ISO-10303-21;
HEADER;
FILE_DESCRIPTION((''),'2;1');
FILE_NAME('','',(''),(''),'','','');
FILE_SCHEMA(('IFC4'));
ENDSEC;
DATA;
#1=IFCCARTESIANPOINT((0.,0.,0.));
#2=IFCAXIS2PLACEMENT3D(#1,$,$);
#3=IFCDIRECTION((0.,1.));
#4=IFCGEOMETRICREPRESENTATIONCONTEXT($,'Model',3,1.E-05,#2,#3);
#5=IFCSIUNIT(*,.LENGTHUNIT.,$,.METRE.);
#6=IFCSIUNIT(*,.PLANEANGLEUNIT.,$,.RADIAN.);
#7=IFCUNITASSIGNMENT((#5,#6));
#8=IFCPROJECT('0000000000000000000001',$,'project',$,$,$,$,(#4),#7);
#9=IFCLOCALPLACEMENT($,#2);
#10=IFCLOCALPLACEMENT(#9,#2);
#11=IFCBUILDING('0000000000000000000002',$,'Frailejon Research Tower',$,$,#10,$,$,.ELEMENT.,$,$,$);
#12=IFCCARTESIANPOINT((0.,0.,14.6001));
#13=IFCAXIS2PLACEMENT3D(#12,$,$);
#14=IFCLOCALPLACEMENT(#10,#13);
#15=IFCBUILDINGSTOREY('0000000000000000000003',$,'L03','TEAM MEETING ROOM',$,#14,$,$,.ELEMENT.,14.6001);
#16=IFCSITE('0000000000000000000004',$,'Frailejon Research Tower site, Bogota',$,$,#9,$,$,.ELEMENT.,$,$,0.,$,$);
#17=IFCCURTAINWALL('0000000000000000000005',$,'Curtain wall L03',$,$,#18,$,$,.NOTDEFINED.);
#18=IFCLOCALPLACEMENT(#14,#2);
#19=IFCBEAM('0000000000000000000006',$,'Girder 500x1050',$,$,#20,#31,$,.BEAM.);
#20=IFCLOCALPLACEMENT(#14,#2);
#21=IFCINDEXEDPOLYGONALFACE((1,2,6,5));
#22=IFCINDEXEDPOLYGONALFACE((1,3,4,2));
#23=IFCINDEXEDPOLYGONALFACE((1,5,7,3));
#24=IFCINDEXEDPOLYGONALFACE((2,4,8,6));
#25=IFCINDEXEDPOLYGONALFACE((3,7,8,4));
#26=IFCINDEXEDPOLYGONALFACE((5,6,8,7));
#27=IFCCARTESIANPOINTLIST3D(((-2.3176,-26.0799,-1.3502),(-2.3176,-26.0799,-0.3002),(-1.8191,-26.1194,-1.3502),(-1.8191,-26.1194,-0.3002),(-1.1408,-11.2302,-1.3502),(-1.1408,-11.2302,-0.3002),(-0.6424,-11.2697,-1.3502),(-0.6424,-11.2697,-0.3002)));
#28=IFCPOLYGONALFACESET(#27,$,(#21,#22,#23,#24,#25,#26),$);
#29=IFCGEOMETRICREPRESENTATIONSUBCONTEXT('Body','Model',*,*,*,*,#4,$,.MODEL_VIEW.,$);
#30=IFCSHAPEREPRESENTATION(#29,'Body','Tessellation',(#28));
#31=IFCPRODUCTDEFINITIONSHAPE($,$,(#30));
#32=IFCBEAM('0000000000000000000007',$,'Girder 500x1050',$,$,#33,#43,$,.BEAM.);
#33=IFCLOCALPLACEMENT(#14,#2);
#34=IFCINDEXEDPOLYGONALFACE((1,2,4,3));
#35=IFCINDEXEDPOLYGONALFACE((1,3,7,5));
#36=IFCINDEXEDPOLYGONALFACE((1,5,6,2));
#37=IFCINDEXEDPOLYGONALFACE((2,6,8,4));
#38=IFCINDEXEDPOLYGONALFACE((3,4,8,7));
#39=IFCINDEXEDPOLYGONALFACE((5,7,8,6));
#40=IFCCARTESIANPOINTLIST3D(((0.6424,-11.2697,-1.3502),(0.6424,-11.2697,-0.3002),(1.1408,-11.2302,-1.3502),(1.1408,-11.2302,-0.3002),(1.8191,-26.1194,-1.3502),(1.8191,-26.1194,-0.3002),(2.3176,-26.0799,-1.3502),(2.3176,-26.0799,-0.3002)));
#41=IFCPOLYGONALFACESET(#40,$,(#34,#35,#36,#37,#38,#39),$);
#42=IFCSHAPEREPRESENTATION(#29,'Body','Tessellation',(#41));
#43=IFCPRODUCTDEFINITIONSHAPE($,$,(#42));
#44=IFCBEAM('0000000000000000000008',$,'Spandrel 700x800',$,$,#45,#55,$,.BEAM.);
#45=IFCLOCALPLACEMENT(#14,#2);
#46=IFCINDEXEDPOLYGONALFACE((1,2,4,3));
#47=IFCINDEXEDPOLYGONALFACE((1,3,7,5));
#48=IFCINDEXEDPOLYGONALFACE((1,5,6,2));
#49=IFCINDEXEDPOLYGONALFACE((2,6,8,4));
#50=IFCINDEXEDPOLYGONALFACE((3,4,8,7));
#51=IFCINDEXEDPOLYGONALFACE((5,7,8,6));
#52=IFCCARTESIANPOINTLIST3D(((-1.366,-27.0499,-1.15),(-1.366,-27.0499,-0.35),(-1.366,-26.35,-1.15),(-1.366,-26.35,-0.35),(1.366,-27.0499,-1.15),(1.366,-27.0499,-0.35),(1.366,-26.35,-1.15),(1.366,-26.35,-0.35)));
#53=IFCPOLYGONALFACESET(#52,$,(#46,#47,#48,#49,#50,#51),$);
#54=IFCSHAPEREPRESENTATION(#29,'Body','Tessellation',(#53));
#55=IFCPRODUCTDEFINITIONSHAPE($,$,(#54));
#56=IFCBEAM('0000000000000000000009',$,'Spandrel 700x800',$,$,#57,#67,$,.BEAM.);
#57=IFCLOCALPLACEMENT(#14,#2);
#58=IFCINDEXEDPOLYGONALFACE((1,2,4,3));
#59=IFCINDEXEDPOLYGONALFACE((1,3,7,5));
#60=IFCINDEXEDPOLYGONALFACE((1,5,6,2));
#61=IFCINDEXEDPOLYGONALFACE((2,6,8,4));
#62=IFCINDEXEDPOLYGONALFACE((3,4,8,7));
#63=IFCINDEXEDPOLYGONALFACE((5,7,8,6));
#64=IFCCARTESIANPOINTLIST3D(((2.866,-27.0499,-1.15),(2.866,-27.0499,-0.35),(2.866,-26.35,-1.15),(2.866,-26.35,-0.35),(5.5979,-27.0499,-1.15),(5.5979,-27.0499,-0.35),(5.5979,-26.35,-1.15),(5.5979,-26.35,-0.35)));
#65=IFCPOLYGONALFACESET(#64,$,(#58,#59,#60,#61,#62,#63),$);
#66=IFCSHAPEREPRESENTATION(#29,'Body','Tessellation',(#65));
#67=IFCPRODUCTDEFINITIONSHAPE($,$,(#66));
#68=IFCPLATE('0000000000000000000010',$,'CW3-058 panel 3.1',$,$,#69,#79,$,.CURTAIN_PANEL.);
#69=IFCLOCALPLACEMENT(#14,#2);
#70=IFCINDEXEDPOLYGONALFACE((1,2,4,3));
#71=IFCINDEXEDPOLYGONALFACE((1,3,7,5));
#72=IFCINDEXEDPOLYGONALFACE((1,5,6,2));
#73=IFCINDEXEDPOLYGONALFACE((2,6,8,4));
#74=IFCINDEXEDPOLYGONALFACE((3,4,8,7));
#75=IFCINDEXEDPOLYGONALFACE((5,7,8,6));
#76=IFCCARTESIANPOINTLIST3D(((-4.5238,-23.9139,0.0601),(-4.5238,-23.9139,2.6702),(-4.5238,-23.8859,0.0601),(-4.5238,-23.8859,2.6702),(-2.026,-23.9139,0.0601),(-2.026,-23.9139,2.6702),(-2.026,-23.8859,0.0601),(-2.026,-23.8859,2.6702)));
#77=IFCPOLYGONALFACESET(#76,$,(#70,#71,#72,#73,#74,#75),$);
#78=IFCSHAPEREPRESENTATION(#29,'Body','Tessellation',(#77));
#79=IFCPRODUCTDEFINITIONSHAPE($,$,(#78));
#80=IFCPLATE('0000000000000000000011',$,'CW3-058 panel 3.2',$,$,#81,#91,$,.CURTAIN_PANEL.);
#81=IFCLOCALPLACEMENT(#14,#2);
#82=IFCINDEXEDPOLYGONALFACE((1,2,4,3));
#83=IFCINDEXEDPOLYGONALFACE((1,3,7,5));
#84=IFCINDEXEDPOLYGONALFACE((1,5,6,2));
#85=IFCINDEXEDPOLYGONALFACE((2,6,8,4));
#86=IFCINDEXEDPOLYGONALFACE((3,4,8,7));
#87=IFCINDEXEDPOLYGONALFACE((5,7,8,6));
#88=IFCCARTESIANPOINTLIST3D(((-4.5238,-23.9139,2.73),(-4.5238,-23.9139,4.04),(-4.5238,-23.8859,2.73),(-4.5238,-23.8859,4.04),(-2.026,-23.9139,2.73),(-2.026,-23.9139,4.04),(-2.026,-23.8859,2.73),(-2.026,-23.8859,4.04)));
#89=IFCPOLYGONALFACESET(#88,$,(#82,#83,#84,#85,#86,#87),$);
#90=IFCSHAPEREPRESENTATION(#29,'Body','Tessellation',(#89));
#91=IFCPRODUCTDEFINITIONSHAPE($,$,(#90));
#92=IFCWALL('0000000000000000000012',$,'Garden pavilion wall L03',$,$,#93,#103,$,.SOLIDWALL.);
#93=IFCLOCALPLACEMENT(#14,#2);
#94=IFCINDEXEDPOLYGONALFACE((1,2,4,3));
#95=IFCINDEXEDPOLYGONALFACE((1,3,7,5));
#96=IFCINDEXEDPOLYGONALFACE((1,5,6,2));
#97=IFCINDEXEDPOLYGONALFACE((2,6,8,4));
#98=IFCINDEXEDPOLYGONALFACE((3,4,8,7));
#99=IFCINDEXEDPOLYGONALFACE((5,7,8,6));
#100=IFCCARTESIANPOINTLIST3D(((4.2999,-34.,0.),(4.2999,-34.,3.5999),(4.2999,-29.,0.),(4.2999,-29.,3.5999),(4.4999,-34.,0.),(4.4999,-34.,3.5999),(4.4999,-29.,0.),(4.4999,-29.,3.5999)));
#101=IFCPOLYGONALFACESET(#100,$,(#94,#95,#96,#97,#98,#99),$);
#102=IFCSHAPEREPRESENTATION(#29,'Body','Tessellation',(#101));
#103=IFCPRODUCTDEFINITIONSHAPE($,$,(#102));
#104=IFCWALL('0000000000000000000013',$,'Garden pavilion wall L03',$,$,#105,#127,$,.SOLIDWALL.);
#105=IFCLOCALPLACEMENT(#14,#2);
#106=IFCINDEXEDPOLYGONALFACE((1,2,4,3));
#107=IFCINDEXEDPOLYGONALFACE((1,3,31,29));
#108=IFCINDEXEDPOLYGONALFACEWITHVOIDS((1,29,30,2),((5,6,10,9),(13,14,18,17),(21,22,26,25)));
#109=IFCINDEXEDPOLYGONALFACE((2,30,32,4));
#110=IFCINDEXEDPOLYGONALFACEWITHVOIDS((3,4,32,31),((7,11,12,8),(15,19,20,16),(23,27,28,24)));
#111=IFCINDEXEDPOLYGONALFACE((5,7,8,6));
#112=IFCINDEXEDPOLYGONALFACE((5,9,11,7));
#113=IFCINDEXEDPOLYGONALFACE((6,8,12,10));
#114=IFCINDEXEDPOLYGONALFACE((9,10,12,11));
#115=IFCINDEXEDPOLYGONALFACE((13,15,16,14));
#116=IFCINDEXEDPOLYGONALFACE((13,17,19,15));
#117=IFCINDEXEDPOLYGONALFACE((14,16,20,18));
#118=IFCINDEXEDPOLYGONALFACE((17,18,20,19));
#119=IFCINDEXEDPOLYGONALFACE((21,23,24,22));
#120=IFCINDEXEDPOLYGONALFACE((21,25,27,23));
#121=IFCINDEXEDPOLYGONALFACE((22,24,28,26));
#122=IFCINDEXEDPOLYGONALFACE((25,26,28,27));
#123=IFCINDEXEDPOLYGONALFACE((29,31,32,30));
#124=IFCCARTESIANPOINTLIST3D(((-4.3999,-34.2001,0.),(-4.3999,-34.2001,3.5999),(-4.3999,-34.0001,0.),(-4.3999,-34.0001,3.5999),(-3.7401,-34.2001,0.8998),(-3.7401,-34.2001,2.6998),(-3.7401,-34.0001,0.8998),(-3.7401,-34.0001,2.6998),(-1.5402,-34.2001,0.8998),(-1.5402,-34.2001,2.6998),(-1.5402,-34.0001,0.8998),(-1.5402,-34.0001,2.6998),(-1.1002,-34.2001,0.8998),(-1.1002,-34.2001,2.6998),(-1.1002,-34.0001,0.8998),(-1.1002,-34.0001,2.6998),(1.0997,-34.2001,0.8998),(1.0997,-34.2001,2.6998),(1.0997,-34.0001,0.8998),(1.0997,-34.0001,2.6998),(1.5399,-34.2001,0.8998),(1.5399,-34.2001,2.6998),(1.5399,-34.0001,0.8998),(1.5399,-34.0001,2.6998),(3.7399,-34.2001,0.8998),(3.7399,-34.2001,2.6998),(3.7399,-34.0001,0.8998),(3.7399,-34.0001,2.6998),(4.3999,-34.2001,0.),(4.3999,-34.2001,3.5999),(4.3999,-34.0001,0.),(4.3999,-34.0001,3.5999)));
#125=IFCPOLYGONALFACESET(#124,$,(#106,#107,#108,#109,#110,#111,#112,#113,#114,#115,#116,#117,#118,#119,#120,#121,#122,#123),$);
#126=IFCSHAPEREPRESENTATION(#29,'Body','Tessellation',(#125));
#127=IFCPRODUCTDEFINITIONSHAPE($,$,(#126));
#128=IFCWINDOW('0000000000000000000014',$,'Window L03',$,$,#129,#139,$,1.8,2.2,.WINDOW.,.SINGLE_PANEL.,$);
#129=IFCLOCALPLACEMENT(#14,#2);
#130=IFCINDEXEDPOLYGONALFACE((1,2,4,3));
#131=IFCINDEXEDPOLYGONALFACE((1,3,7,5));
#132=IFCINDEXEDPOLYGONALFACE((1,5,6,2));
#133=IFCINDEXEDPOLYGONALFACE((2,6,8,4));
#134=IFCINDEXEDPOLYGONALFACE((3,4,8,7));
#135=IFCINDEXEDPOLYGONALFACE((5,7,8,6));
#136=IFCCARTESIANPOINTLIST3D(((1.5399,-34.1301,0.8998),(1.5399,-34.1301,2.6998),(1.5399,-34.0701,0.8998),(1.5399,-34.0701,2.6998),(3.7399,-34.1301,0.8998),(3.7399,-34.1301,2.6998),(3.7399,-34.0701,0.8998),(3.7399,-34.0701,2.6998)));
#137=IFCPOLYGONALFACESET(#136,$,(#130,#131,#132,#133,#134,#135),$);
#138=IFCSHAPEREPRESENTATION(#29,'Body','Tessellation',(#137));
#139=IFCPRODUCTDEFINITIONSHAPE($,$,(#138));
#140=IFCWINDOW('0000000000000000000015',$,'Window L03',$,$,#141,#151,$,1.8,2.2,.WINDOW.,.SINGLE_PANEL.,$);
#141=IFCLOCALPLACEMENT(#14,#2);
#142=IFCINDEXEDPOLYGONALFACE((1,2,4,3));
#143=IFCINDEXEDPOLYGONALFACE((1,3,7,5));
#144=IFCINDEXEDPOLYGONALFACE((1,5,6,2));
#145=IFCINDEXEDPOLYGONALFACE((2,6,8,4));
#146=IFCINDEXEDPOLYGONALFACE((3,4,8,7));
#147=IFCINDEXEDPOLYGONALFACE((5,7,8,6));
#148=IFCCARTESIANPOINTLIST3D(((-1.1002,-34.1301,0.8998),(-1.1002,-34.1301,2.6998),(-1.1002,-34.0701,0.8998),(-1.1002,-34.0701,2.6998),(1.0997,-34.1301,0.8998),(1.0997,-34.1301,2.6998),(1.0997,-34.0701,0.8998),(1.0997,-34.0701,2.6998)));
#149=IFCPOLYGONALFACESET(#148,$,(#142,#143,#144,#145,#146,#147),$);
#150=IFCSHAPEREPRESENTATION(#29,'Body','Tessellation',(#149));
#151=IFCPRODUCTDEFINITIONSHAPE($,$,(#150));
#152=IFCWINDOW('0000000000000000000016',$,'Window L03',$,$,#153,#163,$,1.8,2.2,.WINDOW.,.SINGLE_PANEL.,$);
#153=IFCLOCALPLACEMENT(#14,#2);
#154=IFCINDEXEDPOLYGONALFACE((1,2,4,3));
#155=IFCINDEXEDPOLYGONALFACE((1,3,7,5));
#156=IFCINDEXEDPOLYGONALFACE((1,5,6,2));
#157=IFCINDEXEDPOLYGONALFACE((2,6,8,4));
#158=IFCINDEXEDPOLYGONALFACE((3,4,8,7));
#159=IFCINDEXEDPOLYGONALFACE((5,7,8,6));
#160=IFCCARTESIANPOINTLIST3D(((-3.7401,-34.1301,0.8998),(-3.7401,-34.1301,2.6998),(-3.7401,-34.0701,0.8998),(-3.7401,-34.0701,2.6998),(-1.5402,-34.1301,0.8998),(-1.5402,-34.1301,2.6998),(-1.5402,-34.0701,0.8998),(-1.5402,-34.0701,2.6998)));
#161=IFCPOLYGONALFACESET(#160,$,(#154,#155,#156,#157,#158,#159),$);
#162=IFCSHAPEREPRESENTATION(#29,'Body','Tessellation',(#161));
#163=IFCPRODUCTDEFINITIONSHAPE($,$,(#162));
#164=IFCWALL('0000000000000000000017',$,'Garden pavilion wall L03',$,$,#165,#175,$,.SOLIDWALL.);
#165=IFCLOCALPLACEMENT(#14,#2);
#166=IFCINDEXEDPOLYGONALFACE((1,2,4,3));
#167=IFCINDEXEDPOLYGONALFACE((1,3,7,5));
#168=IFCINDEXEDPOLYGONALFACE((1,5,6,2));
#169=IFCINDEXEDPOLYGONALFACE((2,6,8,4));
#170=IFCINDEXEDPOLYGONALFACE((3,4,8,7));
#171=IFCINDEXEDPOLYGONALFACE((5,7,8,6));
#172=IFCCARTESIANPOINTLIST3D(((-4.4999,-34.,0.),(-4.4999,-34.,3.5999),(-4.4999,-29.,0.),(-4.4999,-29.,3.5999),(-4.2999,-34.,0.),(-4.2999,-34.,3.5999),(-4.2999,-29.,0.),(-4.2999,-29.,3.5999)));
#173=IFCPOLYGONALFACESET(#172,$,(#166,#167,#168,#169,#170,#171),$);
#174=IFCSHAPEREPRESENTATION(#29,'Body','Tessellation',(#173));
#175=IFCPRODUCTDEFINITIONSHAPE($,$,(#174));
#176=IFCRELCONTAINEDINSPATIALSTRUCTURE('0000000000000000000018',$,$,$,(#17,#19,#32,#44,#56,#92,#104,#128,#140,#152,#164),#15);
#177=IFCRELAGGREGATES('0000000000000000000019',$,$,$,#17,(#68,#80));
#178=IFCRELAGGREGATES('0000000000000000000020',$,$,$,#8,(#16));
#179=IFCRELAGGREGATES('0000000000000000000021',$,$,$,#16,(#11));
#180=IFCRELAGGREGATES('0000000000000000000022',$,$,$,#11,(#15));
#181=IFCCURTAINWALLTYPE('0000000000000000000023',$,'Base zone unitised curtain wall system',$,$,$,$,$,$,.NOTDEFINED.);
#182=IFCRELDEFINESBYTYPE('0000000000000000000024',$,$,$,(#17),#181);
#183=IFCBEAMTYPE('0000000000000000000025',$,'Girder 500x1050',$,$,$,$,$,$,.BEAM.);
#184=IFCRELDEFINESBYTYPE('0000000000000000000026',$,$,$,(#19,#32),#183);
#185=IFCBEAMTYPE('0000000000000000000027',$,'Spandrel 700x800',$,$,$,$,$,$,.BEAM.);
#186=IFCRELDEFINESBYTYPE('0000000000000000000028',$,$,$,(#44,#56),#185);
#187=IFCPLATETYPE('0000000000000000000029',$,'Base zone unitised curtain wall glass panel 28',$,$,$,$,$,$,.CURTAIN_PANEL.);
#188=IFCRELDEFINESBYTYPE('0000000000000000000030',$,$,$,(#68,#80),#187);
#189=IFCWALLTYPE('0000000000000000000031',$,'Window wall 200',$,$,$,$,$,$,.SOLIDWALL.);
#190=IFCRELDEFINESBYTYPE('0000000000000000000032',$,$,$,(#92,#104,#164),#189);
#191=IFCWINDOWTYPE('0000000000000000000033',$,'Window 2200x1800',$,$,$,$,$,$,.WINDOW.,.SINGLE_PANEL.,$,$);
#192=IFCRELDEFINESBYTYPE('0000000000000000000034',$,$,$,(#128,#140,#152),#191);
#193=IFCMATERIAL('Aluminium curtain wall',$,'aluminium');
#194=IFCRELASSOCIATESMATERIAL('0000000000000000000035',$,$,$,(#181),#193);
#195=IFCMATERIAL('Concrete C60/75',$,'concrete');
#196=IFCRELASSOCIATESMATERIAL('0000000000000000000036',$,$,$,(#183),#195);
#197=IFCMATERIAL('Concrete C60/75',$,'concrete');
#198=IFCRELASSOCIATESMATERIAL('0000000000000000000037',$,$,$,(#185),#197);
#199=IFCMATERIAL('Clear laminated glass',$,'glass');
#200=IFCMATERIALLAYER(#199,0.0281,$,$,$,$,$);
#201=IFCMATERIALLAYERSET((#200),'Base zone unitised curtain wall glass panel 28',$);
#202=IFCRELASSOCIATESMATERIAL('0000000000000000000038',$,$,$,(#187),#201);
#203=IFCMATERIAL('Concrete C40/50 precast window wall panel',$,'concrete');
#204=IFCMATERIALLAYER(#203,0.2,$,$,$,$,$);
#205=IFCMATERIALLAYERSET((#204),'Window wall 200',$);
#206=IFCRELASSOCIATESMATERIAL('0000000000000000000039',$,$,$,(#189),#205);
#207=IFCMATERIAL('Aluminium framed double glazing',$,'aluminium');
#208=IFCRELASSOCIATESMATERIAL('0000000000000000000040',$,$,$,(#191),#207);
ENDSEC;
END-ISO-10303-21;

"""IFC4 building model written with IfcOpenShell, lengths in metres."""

from ifc_helpers import new_model, si_unit, direction, frame, frame_2d, origin, origin_2d, place, context, subcontext, project, spatial, rectangle, extrude, material, layer, layer_set, material_profile, profile_set, type_object, element, fill, aggregate, save


model = new_model("IFC4")

# Units and contexts
model_context = context("Model", 3, precision=1e-05, world=origin(), true_north=direction((0.0, 1.0)))
body_context = subcontext(model_context, "Body", "Model", "MODEL_VIEW")
ifc_project = project(units=[si_unit("LENGTHUNIT", "METRE"), si_unit("PLANEANGLEUNIT", "RADIAN")], contexts=[model_context])

# Site, building, storey
site_placement = place(None, origin())
site = spatial("IfcSite", under=ifc_project, at=site_placement, Name="Frailejon Research Tower site, Bogota", CompositionType="ELEMENT", RefElevation=0.0)
building_placement = place(site_placement, origin())
building = spatial("IfcBuilding", under=site, at=building_placement, Name="Frailejon Research Tower", CompositionType="ELEMENT")
storey_placement = place(building_placement, frame((0.0, 0.0, 14.6001)))
storey = spatial("IfcBuildingStorey", under=building, at=storey_placement, Name="L03", Description="TEAM MEETING ROOM", CompositionType="ELEMENT", Elevation=14.6001)

# Curtain wall
ifc_material_1 = material(Name="Aluminium curtain wall", Category="aluminium")
curtain_wall_type = type_object("IfcCurtainWallType", Name="Base zone unitised curtain wall system", PredefinedType="NOTDEFINED", material=ifc_material_1)
curtain_wall_placement = place(storey_placement, origin())
curtain_wall = element("IfcCurtainWall", 1, at=curtain_wall_placement, inside=storey, type_object=curtain_wall_type, Name="Curtain wall L03", PredefinedType="NOTDEFINED")

# Beams
ifc_material_2 = material(Name="Concrete C60/75", Category="concrete")
ifc_material_profile_1 = material_profile(ifc_material_2, rectangle(XDim=0.5, YDim=1.05, at=origin_2d()), Name="Girder 500x1050")
ifc_profile_set_1 = profile_set([ifc_material_profile_1], Name="Concrete C60/75")
beam_type_1 = type_object("IfcBeamType", Name="Girder 500x1050", PredefinedType="BEAM", material=ifc_profile_set_1)
for number, where, z_axis, x_axis, name in (
    (2, (-2.0684, -26.0996, -0.8252), (0.078997, 0.996875, 0.0), (-0.996875, 0.078997, 0.0), "Girder 500x1050"),
    (3, (2.0684, -26.0996, -0.8252), (-0.078997, 0.996875, 0.0), (-0.996875, -0.078997, 0.0), "Girder 500x1050"),
):
    element("IfcBeam", number, at=place(storey_placement, frame(where, z_axis=z_axis, x_axis=x_axis)), inside=storey, type_object=beam_type_1, Name=name, PredefinedType="BEAM", context=body_context, shape_type="SweptSolid", body=[
        extrude(rectangle(XDim=0.5, YDim=1.05, at=origin_2d()), origin(), (0.0, 0.0, 1.0), 14.8962),
    ])
ifc_material_3 = material(Name="Concrete C60/75", Category="concrete")
ifc_material_profile_2 = material_profile(ifc_material_3, rectangle(XDim=0.7, YDim=0.8, at=origin_2d()), Name="Spandrel 700x800")
ifc_profile_set_2 = profile_set([ifc_material_profile_2], Name="Concrete C60/75")
beam_type_2 = type_object("IfcBeamType", Name="Spandrel 700x800", PredefinedType="BEAM", material=ifc_profile_set_2)
for number, where, z_axis, x_axis, name in (
    (4, (-1.366, -26.7, -0.75), (1.0, 0.0, 0.0), (0.0, 1.0, 0.0), "Spandrel 700x800"),
    (5, (2.866, -26.7, -0.75), (1.0, 0.0, 0.0), (0.0, 1.0, 0.0), "Spandrel 700x800"),
):
    element("IfcBeam", number, at=place(storey_placement, frame(where, z_axis=z_axis, x_axis=x_axis)), inside=storey, type_object=beam_type_2, Name=name, PredefinedType="BEAM", context=body_context, shape_type="SweptSolid", body=[
        extrude(rectangle(XDim=0.7, YDim=0.8, at=origin_2d()), origin(), (0.0, 0.0, 1.0), 2.7319),
    ])

# Plates
ifc_material_4 = material(Name="Clear laminated glass", Category="glass")
ifc_layer_1 = layer(ifc_material_4, 0.0281)
ifc_layer_set_1 = layer_set([ifc_layer_1], Name="Base zone unitised curtain wall glass panel 28")
plate_type = type_object("IfcPlateType", Name="Base zone unitised curtain wall glass panel 28", PredefinedType="CURTAIN_PANEL", material=ifc_layer_set_1)
plate_1_placement = place(storey_placement, frame((-3.2749, -23.8999, 0.0601), z_axis=(0.0, 0.0, 1.0), x_axis=(1.0, 0.0, 0.0)))
plate_1 = element("IfcPlate", 6, at=plate_1_placement, type_object=plate_type, Name="CW3-058 panel 3.1", PredefinedType="CURTAIN_PANEL", context=body_context, shape_type="SweptSolid", body=[
    extrude(rectangle(XDim=2.4978, YDim=0.0281, at=origin_2d()), origin(), (0.0, 0.0, 1.0), 2.6101),
])
plate_2_placement = place(storey_placement, frame((-3.2749, -23.8999, 2.73), z_axis=(0.0, 0.0, 1.0), x_axis=(1.0, 0.0, 0.0)))
plate_2 = element("IfcPlate", 7, at=plate_2_placement, type_object=plate_type, Name="CW3-058 panel 3.2", PredefinedType="CURTAIN_PANEL", context=body_context, shape_type="SweptSolid", body=[
    extrude(rectangle(XDim=2.4978, YDim=0.0281, at=origin_2d()), origin(), (0.0, 0.0, 1.0), 1.3101),
])
aggregate(curtain_wall, [plate_1, plate_2])

# Shared definitions
ifc_material_5 = material(Name="Concrete C40/50 precast window wall panel", Category="concrete")
ifc_layer_2 = layer(ifc_material_5, 0.2)
ifc_layer_set_2 = layer_set([ifc_layer_2], Name="Window wall 200")
wall_type = type_object("IfcWallType", Name="Window wall 200", PredefinedType="SOLIDWALL", material=ifc_layer_set_2)

# Wall
wall_1_placement = place(storey_placement, frame((4.3999, -29.0, 0.0), z_axis=(0.0, 0.0, 1.0), x_axis=(0.0, -1.0, 0.0)))
element("IfcWall", 8, at=wall_1_placement, inside=storey, type_object=wall_type, Name="Garden pavilion wall L03", PredefinedType="SOLIDWALL", context=body_context, shape_type="SweptSolid", body=[
    extrude(rectangle(XDim=5.0, YDim=0.2, at=frame_2d((2.5, 0.0))), origin(), (0.0, 0.0, 1.0), 3.5999),
])

# Wall, openings, windows
wall_2_placement = place(storey_placement, frame((4.3999, -34.1001, 0.0), z_axis=(0.0, 0.0, 1.0), x_axis=(-1.0, 0.0, 0.0)))
wall_2 = element("IfcWall", 9, at=wall_2_placement, inside=storey, type_object=wall_type, Name="Garden pavilion wall L03", PredefinedType="SOLIDWALL", context=body_context, shape_type="SweptSolid", body=[
    extrude(rectangle(XDim=8.7998, YDim=0.2, at=frame_2d((4.3999, 0.0))), origin(), (0.0, 0.0, 1.0), 3.5999),
])
opening_1_placement = place(wall_2_placement, frame((0.6599, 0.0, 0.8999)))
opening_1 = element("IfcOpeningElement", 10, at=opening_1_placement, cuts=wall_2, PredefinedType="OPENING", context=body_context, shape_type="SweptSolid", body=[
    extrude(rectangle(XDim=2.2, YDim=1.8, at=frame_2d((1.1001, 0.8999))), frame((0.0, 0.1099, 0.0), z_axis=(0.0, -1.0, 0.0), x_axis=(1.0, 0.0, 0.0)), (0.0, 0.0, 1.0), 0.22),
])
opening_2_placement = place(wall_2_placement, frame((3.3, 0.0, 0.8999)))
opening_2 = element("IfcOpeningElement", 11, at=opening_2_placement, cuts=wall_2, PredefinedType="OPENING", context=body_context, shape_type="SweptSolid", body=[
    extrude(rectangle(XDim=2.2, YDim=1.8, at=frame_2d((1.1001, 0.8999))), frame((0.0, 0.1099, 0.0), z_axis=(0.0, -1.0, 0.0), x_axis=(1.0, 0.0, 0.0)), (0.0, 0.0, 1.0), 0.22),
])
opening_3_placement = place(wall_2_placement, frame((5.9399, 0.0, 0.8999)))
opening_3 = element("IfcOpeningElement", 12, at=opening_3_placement, cuts=wall_2, PredefinedType="OPENING", context=body_context, shape_type="SweptSolid", body=[
    extrude(rectangle(XDim=2.2, YDim=1.8, at=frame_2d((1.1001, 0.8999))), frame((0.0, 0.1099, 0.0), z_axis=(0.0, -1.0, 0.0), x_axis=(1.0, 0.0, 0.0)), (0.0, 0.0, 1.0), 0.22),
])
ifc_material_6 = material(Name="Aluminium framed double glazing", Category="aluminium")
window_type = type_object("IfcWindowType", Name="Window 2200x1800", PartitioningType="SINGLE_PANEL", PredefinedType="WINDOW", material=ifc_material_6)
window_1_placement = place(opening_1_placement, origin())
window_1 = element("IfcWindow", 13, at=window_1_placement, inside=storey, type_object=window_type, Name="Window L03", OverallHeight=1.8, OverallWidth=2.2, PartitioningType="SINGLE_PANEL", PredefinedType="WINDOW", context=body_context, shape_type="SweptSolid", body=[
    extrude(rectangle(XDim=2.2, YDim=1.8, at=frame_2d((1.1001, 0.8999))), frame((0.0, 0.03, 0.0), z_axis=(0.0, -1.0, 0.0), x_axis=(1.0, 0.0, 0.0)), (0.0, 0.0, 1.0), 0.0601),
])
fill(opening_1, window_1)
window_2_placement = place(opening_2_placement, origin())
window_2 = element("IfcWindow", 14, at=window_2_placement, inside=storey, type_object=window_type, Name="Window L03", OverallHeight=1.8, OverallWidth=2.2, PartitioningType="SINGLE_PANEL", PredefinedType="WINDOW", context=body_context, shape_type="SweptSolid", body=[
    extrude(rectangle(XDim=2.2, YDim=1.8, at=frame_2d((1.1001, 0.8999))), frame((0.0, 0.03, 0.0), z_axis=(0.0, -1.0, 0.0), x_axis=(1.0, 0.0, 0.0)), (0.0, 0.0, 1.0), 0.0601),
])
fill(opening_2, window_2)
window_3_placement = place(opening_3_placement, origin())
window_3 = element("IfcWindow", 15, at=window_3_placement, inside=storey, type_object=window_type, Name="Window L03", OverallHeight=1.8, OverallWidth=2.2, PartitioningType="SINGLE_PANEL", PredefinedType="WINDOW", context=body_context, shape_type="SweptSolid", body=[
    extrude(rectangle(XDim=2.2, YDim=1.8, at=frame_2d((1.1001, 0.8999))), frame((0.0, 0.03, 0.0), z_axis=(0.0, -1.0, 0.0), x_axis=(1.0, 0.0, 0.0)), (0.0, 0.0, 1.0), 0.0601),
])
fill(opening_3, window_3)

# Wall
wall_3_placement = place(storey_placement, frame((-4.3999, -34.0, 0.0), z_axis=(0.0, 0.0, 1.0), x_axis=(0.0, 1.0, 0.0)))
element("IfcWall", 16, at=wall_3_placement, inside=storey, type_object=wall_type, Name="Garden pavilion wall L03", PredefinedType="SOLIDWALL", context=body_context, shape_type="SweptSolid", body=[
    extrude(rectangle(XDim=5.0, YDim=0.2, at=frame_2d((2.5, 0.0))), origin(), (0.0, 0.0, 1.0), 3.5999),
])

save(model, "model.ifc")
